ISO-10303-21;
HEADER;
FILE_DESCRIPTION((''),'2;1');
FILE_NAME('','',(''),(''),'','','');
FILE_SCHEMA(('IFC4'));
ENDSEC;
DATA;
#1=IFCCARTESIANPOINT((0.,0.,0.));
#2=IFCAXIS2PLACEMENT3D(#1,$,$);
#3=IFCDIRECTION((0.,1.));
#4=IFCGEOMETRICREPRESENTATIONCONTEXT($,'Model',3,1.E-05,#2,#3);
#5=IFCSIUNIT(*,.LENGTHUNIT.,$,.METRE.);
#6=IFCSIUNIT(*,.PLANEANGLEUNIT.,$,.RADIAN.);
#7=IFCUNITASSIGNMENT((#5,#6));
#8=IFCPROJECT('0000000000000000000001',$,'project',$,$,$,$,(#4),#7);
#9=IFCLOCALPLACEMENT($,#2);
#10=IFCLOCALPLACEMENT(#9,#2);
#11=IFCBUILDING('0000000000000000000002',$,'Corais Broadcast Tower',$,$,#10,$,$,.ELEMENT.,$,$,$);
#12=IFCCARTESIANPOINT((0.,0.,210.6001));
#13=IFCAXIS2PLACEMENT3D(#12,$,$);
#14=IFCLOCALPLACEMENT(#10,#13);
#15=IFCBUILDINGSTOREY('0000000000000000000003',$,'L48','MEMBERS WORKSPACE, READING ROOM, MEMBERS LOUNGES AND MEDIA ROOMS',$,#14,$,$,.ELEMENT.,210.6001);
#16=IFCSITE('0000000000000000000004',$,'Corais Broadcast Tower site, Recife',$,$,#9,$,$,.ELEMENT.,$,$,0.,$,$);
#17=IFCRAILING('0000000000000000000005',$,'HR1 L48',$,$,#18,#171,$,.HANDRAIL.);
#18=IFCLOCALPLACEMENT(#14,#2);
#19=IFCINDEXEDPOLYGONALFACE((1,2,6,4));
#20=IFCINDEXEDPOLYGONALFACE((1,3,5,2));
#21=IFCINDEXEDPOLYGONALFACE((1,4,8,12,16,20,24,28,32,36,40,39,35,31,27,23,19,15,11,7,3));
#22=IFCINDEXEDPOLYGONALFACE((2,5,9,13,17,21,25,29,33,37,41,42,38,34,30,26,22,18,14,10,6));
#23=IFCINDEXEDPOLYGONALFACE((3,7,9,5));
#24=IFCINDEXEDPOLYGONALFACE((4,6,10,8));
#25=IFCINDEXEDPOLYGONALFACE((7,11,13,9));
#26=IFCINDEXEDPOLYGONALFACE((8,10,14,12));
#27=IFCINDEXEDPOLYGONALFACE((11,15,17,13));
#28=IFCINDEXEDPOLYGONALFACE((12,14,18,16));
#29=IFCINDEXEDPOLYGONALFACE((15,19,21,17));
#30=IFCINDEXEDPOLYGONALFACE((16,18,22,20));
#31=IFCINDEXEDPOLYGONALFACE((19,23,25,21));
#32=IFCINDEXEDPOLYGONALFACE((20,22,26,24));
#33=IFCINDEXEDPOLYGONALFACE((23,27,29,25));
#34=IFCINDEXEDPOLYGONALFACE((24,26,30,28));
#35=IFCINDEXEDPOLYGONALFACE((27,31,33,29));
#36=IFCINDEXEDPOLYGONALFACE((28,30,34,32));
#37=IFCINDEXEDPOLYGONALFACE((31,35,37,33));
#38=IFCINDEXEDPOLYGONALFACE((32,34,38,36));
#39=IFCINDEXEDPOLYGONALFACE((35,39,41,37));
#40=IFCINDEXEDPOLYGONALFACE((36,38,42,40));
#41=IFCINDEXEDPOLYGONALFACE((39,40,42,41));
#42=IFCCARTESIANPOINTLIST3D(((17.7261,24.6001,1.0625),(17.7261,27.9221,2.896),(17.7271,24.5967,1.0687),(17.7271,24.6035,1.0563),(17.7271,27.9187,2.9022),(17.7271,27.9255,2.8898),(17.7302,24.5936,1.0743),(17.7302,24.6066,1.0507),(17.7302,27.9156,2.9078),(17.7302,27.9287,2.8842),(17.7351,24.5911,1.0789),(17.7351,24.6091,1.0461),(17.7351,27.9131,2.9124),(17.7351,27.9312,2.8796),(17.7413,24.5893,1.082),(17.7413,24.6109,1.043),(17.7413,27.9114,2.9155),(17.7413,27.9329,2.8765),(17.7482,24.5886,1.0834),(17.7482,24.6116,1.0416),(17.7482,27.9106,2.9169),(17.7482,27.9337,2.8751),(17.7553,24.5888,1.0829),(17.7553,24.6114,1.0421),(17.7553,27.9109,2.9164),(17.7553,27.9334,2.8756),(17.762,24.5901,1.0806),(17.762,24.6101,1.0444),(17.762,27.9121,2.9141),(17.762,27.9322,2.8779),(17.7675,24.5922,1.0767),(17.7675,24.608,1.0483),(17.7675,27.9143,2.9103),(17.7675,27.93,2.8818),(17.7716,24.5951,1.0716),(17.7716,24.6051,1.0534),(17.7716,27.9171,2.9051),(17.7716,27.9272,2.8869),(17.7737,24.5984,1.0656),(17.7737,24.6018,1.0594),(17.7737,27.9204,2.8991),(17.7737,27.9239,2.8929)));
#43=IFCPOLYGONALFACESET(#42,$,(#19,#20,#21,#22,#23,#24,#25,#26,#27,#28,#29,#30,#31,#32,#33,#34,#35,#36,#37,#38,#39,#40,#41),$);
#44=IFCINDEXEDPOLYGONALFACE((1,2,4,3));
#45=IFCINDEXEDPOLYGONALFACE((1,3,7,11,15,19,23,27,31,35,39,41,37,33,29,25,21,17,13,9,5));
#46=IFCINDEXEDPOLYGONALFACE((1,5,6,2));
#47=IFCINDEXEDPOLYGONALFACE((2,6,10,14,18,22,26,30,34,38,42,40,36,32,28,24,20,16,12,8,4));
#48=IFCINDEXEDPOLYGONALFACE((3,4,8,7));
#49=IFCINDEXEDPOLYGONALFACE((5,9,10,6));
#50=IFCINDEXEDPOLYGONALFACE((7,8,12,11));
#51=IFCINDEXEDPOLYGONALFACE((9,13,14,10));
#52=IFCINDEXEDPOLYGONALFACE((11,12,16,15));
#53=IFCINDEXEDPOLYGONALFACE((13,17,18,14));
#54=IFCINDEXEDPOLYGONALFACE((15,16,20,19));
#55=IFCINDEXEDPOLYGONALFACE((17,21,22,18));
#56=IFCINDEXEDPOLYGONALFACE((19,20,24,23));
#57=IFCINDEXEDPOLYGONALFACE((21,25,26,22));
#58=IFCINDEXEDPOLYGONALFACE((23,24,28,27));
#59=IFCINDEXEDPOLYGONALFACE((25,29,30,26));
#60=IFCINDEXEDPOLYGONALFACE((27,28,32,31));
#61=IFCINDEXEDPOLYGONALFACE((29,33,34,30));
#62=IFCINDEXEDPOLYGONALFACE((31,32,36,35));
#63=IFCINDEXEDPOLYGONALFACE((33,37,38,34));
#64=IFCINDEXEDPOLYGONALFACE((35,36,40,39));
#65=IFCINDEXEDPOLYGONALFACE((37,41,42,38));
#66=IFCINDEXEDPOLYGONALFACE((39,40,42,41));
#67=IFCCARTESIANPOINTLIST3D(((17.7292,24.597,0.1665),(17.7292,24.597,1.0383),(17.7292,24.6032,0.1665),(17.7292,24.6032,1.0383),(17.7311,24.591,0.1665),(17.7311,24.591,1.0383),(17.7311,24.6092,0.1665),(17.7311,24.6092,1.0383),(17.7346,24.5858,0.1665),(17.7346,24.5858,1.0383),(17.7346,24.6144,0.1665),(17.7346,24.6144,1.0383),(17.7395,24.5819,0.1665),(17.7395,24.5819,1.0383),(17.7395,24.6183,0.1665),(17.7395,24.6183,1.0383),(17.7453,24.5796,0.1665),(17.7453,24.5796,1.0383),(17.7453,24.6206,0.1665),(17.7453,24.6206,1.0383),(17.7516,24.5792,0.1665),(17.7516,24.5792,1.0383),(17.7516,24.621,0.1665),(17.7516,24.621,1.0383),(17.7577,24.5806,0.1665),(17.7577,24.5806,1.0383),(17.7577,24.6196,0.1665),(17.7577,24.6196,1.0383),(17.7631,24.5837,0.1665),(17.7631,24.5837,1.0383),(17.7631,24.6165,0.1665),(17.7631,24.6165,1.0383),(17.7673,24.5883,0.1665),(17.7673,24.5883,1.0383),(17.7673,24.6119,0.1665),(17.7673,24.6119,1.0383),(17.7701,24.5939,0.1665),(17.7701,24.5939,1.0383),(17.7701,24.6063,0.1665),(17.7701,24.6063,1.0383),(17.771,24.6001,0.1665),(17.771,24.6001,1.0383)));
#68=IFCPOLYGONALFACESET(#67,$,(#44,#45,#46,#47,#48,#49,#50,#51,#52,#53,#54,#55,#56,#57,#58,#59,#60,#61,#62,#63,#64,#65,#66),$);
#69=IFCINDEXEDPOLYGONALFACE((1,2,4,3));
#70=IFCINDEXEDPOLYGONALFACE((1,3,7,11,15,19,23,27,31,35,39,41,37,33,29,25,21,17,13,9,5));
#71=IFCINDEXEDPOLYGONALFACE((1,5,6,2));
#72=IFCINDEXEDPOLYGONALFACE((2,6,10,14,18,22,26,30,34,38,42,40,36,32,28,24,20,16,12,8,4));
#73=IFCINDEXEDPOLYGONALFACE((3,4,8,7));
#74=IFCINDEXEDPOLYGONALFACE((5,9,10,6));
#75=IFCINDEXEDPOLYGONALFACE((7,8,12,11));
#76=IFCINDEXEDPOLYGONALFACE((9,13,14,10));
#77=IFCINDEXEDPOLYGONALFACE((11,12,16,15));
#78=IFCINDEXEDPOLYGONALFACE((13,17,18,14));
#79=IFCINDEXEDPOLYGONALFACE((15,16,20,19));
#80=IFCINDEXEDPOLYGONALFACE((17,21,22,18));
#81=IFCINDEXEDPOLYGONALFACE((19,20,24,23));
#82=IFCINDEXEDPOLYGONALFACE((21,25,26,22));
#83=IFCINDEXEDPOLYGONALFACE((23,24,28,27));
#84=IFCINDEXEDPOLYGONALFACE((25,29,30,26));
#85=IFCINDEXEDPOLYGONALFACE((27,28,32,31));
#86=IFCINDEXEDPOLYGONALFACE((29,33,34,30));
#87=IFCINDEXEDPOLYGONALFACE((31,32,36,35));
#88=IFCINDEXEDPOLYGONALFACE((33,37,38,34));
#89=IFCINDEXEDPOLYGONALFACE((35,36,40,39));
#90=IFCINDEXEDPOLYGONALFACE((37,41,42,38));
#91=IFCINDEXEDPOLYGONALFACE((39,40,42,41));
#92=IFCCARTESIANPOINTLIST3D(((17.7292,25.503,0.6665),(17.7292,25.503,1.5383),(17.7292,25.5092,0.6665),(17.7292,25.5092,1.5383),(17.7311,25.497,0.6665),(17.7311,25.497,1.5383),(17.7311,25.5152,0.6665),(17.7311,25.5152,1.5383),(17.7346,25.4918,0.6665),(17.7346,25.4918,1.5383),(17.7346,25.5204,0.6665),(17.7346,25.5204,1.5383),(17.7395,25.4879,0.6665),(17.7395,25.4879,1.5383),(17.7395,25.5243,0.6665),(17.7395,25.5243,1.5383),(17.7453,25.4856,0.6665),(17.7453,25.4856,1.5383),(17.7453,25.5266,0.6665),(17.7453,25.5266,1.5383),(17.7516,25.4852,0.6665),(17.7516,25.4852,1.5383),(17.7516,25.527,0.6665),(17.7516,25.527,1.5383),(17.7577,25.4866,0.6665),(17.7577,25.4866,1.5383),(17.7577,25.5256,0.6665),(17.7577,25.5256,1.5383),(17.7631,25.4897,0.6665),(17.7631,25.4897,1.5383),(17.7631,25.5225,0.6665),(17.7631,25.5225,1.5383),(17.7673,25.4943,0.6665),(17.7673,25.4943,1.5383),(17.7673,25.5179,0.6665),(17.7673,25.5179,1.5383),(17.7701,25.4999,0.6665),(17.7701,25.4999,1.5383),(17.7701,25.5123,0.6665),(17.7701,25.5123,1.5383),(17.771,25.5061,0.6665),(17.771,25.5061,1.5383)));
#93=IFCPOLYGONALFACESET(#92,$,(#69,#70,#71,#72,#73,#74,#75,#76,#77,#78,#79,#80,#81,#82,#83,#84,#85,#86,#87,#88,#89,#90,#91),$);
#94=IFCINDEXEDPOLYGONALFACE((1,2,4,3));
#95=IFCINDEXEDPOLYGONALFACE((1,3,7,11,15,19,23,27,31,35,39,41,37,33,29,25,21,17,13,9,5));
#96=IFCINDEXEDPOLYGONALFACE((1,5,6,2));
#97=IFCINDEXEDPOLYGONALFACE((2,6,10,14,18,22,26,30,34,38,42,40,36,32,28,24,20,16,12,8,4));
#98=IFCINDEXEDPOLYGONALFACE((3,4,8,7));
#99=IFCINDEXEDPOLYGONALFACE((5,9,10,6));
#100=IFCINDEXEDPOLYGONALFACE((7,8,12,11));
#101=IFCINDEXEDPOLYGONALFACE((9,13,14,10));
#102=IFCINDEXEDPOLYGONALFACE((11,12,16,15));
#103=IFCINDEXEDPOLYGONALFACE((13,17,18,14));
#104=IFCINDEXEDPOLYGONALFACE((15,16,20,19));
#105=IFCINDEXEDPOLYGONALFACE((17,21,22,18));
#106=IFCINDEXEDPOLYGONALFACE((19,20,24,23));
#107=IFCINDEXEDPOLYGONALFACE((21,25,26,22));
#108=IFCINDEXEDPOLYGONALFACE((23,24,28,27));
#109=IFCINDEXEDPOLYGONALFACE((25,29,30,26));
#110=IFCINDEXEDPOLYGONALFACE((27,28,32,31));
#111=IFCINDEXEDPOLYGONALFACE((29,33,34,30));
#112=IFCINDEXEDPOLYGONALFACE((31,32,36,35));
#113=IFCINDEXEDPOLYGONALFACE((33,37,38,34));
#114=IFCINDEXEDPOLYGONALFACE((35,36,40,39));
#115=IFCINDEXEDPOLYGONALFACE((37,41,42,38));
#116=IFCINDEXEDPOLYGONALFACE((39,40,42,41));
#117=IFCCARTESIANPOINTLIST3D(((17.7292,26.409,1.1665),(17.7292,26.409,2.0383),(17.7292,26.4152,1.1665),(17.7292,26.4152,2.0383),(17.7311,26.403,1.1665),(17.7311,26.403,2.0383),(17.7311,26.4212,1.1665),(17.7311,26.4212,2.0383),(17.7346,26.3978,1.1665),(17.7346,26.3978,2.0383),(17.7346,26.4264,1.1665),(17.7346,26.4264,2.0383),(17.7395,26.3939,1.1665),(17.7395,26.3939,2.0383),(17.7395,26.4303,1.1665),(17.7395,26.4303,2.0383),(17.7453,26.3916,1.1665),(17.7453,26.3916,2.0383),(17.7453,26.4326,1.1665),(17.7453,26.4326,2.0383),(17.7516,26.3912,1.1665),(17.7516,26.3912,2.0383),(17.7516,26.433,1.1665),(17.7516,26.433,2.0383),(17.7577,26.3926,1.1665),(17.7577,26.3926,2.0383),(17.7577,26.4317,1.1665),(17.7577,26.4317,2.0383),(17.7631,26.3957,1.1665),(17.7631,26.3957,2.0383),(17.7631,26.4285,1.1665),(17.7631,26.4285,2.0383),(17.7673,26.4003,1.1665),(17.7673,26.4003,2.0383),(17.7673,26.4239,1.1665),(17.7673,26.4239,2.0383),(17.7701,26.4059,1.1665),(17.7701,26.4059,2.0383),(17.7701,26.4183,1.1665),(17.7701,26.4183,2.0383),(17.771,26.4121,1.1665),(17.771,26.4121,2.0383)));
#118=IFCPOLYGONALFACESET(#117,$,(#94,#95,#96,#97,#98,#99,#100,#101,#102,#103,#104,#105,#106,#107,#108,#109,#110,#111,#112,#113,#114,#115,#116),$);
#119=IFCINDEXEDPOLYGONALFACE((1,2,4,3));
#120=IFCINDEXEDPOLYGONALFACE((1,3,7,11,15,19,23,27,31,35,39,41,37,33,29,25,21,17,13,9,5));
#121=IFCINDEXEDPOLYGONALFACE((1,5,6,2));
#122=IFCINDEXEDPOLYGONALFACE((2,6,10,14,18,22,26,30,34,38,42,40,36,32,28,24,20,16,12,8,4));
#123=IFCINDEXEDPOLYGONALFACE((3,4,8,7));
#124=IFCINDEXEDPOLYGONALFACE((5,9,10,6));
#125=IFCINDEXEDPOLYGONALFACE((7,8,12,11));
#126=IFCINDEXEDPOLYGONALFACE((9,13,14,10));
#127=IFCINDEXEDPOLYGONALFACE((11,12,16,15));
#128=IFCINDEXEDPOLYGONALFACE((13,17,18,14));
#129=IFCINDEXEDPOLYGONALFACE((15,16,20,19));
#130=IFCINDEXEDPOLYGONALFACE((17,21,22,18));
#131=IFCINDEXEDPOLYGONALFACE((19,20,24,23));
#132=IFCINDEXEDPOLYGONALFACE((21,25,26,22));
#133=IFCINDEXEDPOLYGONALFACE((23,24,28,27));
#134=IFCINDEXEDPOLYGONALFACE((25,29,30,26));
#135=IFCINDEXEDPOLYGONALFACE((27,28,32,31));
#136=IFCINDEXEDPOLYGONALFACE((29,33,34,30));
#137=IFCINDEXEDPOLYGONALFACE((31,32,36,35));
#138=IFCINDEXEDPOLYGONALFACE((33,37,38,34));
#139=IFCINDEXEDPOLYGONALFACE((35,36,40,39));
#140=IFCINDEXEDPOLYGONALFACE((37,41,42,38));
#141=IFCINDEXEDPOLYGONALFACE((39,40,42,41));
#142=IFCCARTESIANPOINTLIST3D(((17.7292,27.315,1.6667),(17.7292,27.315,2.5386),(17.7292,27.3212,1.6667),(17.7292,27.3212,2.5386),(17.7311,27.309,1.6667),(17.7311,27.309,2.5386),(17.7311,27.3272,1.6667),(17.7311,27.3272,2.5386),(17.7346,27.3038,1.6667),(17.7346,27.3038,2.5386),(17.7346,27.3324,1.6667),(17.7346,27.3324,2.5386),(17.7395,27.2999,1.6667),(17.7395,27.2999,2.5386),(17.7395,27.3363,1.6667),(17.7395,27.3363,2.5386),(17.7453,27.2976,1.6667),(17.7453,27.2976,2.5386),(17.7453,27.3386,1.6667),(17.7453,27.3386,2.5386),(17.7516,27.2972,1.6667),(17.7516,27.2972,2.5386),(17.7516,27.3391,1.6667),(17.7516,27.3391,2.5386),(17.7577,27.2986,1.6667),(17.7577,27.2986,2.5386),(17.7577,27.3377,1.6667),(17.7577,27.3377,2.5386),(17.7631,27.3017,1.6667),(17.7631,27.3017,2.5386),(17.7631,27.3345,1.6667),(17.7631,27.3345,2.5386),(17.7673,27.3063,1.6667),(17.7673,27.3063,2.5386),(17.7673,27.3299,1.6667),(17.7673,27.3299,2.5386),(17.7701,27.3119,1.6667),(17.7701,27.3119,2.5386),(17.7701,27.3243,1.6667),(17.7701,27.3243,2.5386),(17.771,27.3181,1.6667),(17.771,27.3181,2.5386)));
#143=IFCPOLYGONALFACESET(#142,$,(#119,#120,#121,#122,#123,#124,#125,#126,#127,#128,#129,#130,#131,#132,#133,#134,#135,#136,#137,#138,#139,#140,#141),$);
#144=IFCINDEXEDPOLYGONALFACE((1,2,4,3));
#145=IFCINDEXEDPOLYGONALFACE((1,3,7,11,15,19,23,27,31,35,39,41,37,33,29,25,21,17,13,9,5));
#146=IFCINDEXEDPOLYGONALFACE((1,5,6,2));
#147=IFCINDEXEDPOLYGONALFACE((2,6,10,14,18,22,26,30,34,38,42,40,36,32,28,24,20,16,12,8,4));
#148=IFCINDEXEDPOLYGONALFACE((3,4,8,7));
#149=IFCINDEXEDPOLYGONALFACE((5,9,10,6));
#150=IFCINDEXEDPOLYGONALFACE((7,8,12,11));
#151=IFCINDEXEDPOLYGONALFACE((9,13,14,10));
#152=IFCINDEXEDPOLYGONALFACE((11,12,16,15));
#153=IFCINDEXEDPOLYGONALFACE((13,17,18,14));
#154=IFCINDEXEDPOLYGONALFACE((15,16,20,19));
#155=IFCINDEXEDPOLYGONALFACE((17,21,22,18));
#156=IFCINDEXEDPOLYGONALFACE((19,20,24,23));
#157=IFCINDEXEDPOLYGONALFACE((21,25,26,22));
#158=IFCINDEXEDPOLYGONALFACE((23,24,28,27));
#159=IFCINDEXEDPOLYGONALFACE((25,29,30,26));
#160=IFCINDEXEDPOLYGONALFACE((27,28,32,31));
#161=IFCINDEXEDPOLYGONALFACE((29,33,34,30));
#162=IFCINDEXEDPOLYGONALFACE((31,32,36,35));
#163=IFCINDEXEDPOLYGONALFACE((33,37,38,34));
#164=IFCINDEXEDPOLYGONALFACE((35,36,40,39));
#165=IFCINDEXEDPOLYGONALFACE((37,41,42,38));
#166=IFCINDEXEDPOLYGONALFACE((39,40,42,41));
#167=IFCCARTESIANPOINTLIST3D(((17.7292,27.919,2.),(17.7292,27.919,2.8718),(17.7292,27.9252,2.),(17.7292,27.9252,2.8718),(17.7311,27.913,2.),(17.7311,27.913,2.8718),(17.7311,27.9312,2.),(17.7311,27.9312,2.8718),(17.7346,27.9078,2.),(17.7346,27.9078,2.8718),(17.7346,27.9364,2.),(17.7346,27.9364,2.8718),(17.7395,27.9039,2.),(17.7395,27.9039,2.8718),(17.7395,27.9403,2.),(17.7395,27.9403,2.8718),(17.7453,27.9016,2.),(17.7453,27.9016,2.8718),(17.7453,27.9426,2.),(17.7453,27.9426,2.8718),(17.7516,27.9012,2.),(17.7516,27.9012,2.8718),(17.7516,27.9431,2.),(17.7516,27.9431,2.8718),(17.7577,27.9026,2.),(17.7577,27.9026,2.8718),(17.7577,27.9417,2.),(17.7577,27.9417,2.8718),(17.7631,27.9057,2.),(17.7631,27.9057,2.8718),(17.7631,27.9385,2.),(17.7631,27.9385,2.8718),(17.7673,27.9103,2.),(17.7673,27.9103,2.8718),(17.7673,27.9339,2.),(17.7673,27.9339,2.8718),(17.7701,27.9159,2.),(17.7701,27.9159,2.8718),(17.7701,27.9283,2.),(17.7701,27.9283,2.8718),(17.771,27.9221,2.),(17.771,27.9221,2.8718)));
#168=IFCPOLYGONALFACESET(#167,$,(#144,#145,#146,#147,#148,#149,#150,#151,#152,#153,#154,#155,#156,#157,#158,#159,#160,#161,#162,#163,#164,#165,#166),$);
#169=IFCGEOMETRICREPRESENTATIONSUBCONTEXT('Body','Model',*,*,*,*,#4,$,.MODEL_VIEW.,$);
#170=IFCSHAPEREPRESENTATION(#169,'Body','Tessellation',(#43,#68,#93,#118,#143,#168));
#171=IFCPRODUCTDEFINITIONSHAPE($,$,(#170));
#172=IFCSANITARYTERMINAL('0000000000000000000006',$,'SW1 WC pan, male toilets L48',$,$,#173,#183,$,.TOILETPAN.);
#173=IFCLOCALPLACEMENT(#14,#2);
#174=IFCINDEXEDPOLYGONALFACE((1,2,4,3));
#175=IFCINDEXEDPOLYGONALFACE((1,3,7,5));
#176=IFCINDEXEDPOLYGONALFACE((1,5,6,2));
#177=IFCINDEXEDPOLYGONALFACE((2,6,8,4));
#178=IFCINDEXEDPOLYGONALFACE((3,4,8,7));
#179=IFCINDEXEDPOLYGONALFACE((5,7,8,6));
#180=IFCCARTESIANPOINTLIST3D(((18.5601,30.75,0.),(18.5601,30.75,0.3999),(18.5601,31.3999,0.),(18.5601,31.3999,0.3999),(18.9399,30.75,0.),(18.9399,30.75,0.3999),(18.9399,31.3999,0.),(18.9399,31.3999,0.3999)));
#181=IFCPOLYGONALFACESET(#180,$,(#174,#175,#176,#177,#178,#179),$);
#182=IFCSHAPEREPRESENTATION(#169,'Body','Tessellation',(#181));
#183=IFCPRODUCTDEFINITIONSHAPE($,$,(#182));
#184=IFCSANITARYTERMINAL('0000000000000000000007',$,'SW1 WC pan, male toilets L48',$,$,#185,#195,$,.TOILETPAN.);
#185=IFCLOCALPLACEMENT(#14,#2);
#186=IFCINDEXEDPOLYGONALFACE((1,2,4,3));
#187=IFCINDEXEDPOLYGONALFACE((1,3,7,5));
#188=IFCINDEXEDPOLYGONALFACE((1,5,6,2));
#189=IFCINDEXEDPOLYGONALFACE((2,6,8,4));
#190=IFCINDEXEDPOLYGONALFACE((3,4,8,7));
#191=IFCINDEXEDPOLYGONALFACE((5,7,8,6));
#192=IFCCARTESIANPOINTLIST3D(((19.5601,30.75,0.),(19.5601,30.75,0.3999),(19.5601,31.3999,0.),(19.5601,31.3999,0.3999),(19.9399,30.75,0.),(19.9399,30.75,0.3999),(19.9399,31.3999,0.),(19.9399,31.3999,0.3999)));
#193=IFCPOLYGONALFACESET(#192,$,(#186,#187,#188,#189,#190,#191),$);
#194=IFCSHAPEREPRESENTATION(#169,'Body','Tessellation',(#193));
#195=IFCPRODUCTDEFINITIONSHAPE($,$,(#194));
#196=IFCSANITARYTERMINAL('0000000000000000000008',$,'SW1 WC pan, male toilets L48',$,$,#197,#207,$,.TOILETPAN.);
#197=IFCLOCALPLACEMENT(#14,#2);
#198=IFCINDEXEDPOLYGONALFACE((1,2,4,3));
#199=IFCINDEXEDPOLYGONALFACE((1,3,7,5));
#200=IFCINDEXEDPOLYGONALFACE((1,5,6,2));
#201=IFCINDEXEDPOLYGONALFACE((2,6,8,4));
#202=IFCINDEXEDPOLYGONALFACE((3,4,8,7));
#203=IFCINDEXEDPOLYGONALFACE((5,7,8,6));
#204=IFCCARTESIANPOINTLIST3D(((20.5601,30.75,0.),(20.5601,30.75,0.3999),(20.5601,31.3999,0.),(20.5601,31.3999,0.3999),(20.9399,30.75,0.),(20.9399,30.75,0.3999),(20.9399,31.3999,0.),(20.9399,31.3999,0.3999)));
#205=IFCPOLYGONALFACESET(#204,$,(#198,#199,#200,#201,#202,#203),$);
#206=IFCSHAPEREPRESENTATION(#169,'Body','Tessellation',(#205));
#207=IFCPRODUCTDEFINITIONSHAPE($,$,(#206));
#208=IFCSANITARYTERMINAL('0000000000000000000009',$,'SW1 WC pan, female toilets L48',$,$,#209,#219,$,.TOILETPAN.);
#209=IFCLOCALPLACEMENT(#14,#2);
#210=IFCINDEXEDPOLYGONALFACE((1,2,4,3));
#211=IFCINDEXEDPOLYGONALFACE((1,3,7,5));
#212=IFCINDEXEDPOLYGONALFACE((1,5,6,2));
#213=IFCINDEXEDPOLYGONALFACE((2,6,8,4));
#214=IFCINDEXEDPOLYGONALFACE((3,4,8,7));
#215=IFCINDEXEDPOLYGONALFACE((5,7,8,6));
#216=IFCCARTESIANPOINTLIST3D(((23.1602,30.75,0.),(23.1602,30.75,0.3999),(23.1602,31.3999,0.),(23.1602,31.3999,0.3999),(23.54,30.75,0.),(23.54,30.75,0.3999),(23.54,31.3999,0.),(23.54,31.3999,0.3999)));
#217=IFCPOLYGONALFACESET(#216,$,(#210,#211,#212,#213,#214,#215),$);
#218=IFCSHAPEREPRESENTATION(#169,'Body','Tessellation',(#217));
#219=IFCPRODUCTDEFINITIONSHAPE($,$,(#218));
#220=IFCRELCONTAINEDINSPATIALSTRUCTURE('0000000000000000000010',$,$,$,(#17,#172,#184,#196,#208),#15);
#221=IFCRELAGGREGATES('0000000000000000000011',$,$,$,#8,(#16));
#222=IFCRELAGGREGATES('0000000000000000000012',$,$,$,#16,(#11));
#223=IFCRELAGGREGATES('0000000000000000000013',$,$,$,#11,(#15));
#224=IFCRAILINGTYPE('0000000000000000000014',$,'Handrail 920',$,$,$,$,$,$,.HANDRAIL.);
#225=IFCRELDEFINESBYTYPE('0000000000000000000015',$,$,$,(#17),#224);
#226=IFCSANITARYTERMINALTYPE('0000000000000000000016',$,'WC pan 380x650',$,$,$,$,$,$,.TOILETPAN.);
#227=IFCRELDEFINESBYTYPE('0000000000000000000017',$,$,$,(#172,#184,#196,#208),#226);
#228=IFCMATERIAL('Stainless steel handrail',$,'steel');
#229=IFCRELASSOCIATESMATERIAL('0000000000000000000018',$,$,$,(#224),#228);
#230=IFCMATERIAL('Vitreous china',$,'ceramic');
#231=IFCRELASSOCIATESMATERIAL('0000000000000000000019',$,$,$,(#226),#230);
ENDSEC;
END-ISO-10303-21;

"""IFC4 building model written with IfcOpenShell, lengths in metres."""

from ifc_helpers import new_model, si_unit, direction, frame, origin, origin_2d, place, context, subcontext, project, spatial, rectangle, circle, extrude, material, type_object, element, save


model = new_model("IFC4")

# Units and contexts
model_context = context("Model", 3, precision=1e-05, world=origin(), true_north=direction((0.0, 1.0)))
body_context = subcontext(model_context, "Body", "Model", "MODEL_VIEW")
ifc_project = project(units=[si_unit("LENGTHUNIT", "METRE"), si_unit("PLANEANGLEUNIT", "RADIAN")], contexts=[model_context])

# Site, building, storey
site_placement = place(None, origin())
site = spatial("IfcSite", under=ifc_project, at=site_placement, Name="Corais Broadcast Tower site, Recife", CompositionType="ELEMENT", RefElevation=0.0)
building_placement = place(site_placement, origin())
building = spatial("IfcBuilding", under=site, at=building_placement, Name="Corais Broadcast Tower", CompositionType="ELEMENT")
storey_placement = place(building_placement, frame((0.0, 0.0, 210.6001)))
storey = spatial("IfcBuildingStorey", under=building, at=storey_placement, Name="L48", Description="MEMBERS WORKSPACE, READING ROOM, MEMBERS LOUNGES AND MEDIA ROOMS", CompositionType="ELEMENT", Elevation=210.6001)

# Railing
ifc_material_1 = material(Name="Stainless steel handrail", Category="steel")
railing_type = type_object("IfcRailingType", Name="Handrail 920", PredefinedType="HANDRAIL", material=ifc_material_1)
railing_placement = place(storey_placement, frame((17.75, 24.6001, 0.1665)))
element("IfcRailing", 1, at=railing_placement, inside=storey, type_object=railing_type, Name="HR1 L48", PredefinedType="HANDRAIL", context=body_context, shape_type="SweptSolid", body=[
    extrude(circle(Radius=0.0239, at=origin_2d()), frame((0.0, 0.0, 0.896), z_axis=(0.0, 0.875504, 0.48321), x_axis=(-1.0, 0.0, 0.0)), (0.0, 0.0, 1.0), 3.7944),
    extrude(circle(Radius=0.021, at=origin_2d()), origin(), (0.0, 0.0, 1.0), 0.8718),
    extrude(circle(Radius=0.021, at=origin_2d()), frame((0.0, 0.906, 0.5)), (0.0, 0.0, 1.0), 0.8718),
    extrude(circle(Radius=0.021, at=origin_2d()), frame((0.0, 1.812, 1.0)), (0.0, 0.0, 1.0), 0.8718),
    extrude(circle(Radius=0.021, at=origin_2d()), frame((0.0, 2.718, 1.5002)), (0.0, 0.0, 1.0), 0.8718),
    extrude(circle(Radius=0.021, at=origin_2d()), frame((0.0, 3.322, 1.8335)), (0.0, 0.0, 1.0), 0.8718),
])

# Sanitary terminals
ifc_material_2 = material(Name="Vitreous china", Category="ceramic")
sanitary_terminal_type_1 = type_object("IfcSanitaryTerminalType", Name="WC pan 380x650", PredefinedType="TOILETPAN", material=ifc_material_2)
for number, where, z_axis, x_axis, name in (
    (2, (18.75, 31.075, 0.0), (0.0, 0.0, 1.0), (1.0, 0.0, 0.0), "SW1 WC pan, male toilets L48"),
    (3, (19.75, 31.075, 0.0), (0.0, 0.0, 1.0), (1.0, 0.0, 0.0), "SW1 WC pan, male toilets L48"),
    (4, (20.75, 31.075, 0.0), (0.0, 0.0, 1.0), (1.0, 0.0, 0.0), "SW1 WC pan, male toilets L48"),
    (5, (23.3501, 31.075, 0.0), (0.0, 0.0, 1.0), (1.0, 0.0, 0.0), "SW1 WC pan, female toilets L48"),
):
    element("IfcSanitaryTerminal", number, at=place(storey_placement, frame(where, z_axis=z_axis, x_axis=x_axis)), inside=storey, type_object=sanitary_terminal_type_1, Name=name, PredefinedType="TOILETPAN", context=body_context, shape_type="SweptSolid", body=[
        extrude(rectangle(XDim=0.3799, YDim=0.6499, at=origin_2d()), origin(), (0.0, 0.0, 1.0), 0.3999),
    ])

save(model, "model.ifc")
